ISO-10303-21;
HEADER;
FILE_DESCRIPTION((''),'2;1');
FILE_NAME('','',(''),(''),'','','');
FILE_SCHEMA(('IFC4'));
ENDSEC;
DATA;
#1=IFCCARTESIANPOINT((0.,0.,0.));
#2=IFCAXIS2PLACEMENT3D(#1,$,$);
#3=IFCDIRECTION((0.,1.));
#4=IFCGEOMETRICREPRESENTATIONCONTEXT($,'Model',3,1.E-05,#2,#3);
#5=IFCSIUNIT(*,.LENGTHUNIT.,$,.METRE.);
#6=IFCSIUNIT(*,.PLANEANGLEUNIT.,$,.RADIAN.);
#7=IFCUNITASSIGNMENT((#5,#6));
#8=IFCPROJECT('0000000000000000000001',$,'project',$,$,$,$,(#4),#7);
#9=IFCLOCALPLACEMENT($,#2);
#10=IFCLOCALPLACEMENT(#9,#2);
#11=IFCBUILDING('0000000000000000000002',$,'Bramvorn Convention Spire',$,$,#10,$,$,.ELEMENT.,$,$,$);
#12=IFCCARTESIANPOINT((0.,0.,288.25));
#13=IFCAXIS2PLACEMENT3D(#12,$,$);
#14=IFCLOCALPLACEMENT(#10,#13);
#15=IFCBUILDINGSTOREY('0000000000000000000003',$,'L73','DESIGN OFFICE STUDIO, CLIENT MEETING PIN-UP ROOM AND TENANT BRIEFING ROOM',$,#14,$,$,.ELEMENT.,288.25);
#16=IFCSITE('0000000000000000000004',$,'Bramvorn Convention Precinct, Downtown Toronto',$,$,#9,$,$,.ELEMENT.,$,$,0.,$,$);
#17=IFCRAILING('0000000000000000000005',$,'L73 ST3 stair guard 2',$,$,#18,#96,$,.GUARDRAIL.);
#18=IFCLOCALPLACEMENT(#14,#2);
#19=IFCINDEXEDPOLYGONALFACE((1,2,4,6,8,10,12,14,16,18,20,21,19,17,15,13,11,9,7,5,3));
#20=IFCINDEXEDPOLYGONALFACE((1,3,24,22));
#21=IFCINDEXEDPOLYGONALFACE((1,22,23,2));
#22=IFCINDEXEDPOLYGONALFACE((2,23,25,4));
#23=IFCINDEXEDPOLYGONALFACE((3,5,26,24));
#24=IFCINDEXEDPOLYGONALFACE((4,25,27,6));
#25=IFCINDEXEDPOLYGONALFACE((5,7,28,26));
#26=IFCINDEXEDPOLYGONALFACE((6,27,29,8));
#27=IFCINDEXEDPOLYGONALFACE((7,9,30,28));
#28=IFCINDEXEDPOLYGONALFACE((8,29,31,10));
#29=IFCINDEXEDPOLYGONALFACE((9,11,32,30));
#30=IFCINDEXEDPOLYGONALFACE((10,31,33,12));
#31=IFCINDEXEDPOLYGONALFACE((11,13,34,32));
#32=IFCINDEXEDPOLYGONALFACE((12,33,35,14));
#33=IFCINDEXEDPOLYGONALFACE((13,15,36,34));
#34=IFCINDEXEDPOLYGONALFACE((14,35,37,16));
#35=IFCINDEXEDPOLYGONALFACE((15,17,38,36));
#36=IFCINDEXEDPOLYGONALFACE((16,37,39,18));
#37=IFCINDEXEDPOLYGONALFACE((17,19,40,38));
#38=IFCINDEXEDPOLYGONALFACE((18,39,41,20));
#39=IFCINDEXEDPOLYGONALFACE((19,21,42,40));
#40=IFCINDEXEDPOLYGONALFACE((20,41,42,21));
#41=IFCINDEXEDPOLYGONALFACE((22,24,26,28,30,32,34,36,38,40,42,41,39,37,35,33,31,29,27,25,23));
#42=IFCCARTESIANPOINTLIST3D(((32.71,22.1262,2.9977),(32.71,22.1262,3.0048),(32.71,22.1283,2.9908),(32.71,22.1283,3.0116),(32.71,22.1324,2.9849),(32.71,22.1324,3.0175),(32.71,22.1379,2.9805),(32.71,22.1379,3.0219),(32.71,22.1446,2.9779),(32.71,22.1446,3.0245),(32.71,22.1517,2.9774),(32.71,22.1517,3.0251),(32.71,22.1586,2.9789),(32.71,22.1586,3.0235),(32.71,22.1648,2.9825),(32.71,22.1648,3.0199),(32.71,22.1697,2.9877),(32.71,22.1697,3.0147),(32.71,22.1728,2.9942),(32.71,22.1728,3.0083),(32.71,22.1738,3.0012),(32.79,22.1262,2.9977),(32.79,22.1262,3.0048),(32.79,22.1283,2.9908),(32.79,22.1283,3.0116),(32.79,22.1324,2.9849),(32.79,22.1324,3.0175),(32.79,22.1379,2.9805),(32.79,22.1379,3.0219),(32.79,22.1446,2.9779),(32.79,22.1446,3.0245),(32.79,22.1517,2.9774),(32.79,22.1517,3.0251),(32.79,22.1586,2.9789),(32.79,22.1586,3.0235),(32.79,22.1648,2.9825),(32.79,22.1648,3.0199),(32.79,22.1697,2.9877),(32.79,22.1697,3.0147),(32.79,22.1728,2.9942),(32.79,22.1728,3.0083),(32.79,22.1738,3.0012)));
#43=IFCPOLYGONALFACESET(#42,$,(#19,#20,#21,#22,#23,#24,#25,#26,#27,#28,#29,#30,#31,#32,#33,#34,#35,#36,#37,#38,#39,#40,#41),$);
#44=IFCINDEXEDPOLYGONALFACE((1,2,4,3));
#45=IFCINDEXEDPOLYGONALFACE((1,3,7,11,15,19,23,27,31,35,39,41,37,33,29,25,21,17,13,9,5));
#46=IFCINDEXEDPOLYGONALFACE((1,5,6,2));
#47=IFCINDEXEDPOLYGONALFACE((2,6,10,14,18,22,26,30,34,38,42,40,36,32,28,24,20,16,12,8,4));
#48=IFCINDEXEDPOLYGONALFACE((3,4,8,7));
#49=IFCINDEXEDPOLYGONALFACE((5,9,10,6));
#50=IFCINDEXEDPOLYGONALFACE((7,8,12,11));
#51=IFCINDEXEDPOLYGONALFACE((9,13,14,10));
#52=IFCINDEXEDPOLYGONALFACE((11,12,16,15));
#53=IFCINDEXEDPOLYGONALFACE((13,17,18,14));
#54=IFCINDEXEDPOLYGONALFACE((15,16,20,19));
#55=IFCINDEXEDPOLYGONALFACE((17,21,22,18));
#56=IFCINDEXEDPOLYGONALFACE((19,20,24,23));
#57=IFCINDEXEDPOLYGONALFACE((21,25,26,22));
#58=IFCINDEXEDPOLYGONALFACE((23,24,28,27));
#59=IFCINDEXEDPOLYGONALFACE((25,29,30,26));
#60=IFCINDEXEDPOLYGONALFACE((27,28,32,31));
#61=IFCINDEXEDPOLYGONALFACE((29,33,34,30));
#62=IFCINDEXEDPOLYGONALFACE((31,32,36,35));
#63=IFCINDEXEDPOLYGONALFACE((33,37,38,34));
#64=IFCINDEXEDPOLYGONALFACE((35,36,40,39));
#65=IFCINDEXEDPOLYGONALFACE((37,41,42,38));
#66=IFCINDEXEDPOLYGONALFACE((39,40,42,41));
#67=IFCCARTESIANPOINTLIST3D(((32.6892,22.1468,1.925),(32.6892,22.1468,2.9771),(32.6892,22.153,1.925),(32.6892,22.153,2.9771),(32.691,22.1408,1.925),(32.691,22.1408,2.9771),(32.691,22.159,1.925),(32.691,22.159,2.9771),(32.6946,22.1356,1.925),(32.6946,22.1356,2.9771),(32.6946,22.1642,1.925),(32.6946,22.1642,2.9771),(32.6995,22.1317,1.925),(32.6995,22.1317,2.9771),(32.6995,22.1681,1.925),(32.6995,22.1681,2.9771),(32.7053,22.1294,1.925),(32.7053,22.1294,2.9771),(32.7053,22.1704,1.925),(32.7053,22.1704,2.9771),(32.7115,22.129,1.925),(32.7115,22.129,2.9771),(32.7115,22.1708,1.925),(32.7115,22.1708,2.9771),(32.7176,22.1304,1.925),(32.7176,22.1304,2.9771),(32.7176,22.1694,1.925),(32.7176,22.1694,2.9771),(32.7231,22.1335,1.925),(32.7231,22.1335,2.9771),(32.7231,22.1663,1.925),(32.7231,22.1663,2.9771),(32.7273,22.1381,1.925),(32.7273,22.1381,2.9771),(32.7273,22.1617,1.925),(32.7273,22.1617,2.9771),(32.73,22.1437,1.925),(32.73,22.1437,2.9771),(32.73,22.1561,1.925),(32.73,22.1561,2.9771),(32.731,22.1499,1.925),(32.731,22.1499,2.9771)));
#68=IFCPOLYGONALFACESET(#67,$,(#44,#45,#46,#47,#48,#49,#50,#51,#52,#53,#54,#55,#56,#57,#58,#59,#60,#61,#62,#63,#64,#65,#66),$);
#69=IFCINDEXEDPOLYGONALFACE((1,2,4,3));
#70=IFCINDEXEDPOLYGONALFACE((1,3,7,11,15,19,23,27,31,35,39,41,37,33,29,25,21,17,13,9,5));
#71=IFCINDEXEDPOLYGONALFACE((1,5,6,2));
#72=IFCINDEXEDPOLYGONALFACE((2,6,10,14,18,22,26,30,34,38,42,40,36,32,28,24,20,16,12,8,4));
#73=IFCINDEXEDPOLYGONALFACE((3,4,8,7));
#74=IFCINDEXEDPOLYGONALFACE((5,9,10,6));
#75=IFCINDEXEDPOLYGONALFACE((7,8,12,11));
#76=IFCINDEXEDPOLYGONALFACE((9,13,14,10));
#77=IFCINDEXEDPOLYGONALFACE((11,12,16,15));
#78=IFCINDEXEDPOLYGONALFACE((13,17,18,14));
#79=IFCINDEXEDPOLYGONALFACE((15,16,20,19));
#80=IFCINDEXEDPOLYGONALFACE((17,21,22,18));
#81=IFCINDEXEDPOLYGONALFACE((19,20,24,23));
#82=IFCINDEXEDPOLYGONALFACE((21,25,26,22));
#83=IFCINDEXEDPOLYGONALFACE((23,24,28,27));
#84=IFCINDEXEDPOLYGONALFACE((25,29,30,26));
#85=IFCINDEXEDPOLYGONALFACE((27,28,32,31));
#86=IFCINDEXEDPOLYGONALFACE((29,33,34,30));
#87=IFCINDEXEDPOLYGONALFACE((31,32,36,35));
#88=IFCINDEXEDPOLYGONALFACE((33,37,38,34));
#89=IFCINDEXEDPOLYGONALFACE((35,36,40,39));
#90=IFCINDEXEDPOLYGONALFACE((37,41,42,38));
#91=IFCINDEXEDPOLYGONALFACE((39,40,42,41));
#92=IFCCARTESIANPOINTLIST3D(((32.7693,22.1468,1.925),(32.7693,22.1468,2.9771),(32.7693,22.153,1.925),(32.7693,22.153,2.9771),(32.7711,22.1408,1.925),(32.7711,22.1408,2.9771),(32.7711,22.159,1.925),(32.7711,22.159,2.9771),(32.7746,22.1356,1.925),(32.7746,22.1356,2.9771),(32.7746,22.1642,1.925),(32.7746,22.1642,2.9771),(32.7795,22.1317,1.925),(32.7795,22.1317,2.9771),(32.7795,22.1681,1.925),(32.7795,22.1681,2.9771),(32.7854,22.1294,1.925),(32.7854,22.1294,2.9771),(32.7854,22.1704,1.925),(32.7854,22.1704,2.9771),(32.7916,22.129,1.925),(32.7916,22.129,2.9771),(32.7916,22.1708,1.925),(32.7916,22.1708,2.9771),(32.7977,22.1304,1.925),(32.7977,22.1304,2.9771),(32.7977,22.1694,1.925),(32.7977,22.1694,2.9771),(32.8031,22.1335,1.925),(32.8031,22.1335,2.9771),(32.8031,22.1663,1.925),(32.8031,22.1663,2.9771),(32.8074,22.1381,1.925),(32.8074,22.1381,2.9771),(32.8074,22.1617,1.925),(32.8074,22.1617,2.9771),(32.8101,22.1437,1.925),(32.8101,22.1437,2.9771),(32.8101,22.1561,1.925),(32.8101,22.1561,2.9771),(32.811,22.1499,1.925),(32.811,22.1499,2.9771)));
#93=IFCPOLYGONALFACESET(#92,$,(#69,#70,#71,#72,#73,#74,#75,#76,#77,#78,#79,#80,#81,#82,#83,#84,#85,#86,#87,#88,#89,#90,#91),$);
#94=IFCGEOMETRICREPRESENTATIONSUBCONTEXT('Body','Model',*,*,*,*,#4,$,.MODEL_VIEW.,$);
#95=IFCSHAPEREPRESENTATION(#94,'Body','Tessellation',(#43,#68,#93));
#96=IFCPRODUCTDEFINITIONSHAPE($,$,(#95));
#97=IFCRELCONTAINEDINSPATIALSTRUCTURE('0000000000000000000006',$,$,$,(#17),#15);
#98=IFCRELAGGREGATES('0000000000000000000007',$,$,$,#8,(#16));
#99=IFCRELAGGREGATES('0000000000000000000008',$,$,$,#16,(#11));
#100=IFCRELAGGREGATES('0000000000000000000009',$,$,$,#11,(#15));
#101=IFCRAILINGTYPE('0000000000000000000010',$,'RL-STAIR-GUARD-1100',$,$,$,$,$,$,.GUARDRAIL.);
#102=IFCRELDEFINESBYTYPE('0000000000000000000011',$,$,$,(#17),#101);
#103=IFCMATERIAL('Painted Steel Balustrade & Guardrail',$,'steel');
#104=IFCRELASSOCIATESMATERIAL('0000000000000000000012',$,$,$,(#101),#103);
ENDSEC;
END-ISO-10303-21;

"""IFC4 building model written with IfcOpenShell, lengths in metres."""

from ifc_helpers import new_model, si_unit, direction, frame, origin, origin_2d, place, context, subcontext, project, spatial, circle, extrude, material, type_object, element, save


model = new_model("IFC4")

# Units and contexts
model_context = context("Model", 3, precision=1e-05, world=origin(), true_north=direction((0.0, 1.0)))
body_context = subcontext(model_context, "Body", "Model", "MODEL_VIEW")
ifc_project = project(units=[si_unit("LENGTHUNIT", "METRE"), si_unit("PLANEANGLEUNIT", "RADIAN")], contexts=[model_context])

# Site, building, storey
site_placement = place(None, origin())
site = spatial("IfcSite", under=ifc_project, at=site_placement, Name="Bramvorn Convention Precinct, Downtown Toronto", CompositionType="ELEMENT", RefElevation=0.0)
building_placement = place(site_placement, origin())
building = spatial("IfcBuilding", under=site, at=building_placement, Name="Bramvorn Convention Spire", CompositionType="ELEMENT")
storey_placement = place(building_placement, frame((0.0, 0.0, 288.25)))
storey = spatial("IfcBuildingStorey", under=building, at=storey_placement, Name="L73", Description="DESIGN OFFICE STUDIO, CLIENT MEETING PIN-UP ROOM AND TENANT BRIEFING ROOM", CompositionType="ELEMENT", Elevation=288.25)

# Railing
ifc_material_1 = material(Name="Painted Steel Balustrade & Guardrail", Category="steel")
railing_type_1 = type_object("IfcRailingType", Name="RL-STAIR-GUARD-1100", PredefinedType="GUARDRAIL", material=ifc_material_1)
railing_1_placement = place(storey_placement, frame((32.71, 22.1499, 1.925)))
element("IfcRailing", 1, at=railing_1_placement, inside=storey, type_object=railing_type_1, Name="L73 ST3 stair guard 2", PredefinedType="GUARDRAIL", context=body_context, shape_type="SweptSolid", body=[
    extrude(circle(Radius=0.0239, at=origin_2d()), frame((0.0, 0.0, 1.0762), z_axis=(1.0, 0.0, 0.0), x_axis=(0.0, 1.0, 0.0)), (0.0, 0.0, 1.0), 0.0801),
    extrude(circle(Radius=0.021, at=origin_2d()), origin(), (0.0, 0.0, 1.0), 1.052),
    extrude(circle(Radius=0.021, at=origin_2d()), frame((0.0801, 0.0, 0.0)), (0.0, 0.0, 1.0), 1.052),
])

save(model, "model.ifc")
